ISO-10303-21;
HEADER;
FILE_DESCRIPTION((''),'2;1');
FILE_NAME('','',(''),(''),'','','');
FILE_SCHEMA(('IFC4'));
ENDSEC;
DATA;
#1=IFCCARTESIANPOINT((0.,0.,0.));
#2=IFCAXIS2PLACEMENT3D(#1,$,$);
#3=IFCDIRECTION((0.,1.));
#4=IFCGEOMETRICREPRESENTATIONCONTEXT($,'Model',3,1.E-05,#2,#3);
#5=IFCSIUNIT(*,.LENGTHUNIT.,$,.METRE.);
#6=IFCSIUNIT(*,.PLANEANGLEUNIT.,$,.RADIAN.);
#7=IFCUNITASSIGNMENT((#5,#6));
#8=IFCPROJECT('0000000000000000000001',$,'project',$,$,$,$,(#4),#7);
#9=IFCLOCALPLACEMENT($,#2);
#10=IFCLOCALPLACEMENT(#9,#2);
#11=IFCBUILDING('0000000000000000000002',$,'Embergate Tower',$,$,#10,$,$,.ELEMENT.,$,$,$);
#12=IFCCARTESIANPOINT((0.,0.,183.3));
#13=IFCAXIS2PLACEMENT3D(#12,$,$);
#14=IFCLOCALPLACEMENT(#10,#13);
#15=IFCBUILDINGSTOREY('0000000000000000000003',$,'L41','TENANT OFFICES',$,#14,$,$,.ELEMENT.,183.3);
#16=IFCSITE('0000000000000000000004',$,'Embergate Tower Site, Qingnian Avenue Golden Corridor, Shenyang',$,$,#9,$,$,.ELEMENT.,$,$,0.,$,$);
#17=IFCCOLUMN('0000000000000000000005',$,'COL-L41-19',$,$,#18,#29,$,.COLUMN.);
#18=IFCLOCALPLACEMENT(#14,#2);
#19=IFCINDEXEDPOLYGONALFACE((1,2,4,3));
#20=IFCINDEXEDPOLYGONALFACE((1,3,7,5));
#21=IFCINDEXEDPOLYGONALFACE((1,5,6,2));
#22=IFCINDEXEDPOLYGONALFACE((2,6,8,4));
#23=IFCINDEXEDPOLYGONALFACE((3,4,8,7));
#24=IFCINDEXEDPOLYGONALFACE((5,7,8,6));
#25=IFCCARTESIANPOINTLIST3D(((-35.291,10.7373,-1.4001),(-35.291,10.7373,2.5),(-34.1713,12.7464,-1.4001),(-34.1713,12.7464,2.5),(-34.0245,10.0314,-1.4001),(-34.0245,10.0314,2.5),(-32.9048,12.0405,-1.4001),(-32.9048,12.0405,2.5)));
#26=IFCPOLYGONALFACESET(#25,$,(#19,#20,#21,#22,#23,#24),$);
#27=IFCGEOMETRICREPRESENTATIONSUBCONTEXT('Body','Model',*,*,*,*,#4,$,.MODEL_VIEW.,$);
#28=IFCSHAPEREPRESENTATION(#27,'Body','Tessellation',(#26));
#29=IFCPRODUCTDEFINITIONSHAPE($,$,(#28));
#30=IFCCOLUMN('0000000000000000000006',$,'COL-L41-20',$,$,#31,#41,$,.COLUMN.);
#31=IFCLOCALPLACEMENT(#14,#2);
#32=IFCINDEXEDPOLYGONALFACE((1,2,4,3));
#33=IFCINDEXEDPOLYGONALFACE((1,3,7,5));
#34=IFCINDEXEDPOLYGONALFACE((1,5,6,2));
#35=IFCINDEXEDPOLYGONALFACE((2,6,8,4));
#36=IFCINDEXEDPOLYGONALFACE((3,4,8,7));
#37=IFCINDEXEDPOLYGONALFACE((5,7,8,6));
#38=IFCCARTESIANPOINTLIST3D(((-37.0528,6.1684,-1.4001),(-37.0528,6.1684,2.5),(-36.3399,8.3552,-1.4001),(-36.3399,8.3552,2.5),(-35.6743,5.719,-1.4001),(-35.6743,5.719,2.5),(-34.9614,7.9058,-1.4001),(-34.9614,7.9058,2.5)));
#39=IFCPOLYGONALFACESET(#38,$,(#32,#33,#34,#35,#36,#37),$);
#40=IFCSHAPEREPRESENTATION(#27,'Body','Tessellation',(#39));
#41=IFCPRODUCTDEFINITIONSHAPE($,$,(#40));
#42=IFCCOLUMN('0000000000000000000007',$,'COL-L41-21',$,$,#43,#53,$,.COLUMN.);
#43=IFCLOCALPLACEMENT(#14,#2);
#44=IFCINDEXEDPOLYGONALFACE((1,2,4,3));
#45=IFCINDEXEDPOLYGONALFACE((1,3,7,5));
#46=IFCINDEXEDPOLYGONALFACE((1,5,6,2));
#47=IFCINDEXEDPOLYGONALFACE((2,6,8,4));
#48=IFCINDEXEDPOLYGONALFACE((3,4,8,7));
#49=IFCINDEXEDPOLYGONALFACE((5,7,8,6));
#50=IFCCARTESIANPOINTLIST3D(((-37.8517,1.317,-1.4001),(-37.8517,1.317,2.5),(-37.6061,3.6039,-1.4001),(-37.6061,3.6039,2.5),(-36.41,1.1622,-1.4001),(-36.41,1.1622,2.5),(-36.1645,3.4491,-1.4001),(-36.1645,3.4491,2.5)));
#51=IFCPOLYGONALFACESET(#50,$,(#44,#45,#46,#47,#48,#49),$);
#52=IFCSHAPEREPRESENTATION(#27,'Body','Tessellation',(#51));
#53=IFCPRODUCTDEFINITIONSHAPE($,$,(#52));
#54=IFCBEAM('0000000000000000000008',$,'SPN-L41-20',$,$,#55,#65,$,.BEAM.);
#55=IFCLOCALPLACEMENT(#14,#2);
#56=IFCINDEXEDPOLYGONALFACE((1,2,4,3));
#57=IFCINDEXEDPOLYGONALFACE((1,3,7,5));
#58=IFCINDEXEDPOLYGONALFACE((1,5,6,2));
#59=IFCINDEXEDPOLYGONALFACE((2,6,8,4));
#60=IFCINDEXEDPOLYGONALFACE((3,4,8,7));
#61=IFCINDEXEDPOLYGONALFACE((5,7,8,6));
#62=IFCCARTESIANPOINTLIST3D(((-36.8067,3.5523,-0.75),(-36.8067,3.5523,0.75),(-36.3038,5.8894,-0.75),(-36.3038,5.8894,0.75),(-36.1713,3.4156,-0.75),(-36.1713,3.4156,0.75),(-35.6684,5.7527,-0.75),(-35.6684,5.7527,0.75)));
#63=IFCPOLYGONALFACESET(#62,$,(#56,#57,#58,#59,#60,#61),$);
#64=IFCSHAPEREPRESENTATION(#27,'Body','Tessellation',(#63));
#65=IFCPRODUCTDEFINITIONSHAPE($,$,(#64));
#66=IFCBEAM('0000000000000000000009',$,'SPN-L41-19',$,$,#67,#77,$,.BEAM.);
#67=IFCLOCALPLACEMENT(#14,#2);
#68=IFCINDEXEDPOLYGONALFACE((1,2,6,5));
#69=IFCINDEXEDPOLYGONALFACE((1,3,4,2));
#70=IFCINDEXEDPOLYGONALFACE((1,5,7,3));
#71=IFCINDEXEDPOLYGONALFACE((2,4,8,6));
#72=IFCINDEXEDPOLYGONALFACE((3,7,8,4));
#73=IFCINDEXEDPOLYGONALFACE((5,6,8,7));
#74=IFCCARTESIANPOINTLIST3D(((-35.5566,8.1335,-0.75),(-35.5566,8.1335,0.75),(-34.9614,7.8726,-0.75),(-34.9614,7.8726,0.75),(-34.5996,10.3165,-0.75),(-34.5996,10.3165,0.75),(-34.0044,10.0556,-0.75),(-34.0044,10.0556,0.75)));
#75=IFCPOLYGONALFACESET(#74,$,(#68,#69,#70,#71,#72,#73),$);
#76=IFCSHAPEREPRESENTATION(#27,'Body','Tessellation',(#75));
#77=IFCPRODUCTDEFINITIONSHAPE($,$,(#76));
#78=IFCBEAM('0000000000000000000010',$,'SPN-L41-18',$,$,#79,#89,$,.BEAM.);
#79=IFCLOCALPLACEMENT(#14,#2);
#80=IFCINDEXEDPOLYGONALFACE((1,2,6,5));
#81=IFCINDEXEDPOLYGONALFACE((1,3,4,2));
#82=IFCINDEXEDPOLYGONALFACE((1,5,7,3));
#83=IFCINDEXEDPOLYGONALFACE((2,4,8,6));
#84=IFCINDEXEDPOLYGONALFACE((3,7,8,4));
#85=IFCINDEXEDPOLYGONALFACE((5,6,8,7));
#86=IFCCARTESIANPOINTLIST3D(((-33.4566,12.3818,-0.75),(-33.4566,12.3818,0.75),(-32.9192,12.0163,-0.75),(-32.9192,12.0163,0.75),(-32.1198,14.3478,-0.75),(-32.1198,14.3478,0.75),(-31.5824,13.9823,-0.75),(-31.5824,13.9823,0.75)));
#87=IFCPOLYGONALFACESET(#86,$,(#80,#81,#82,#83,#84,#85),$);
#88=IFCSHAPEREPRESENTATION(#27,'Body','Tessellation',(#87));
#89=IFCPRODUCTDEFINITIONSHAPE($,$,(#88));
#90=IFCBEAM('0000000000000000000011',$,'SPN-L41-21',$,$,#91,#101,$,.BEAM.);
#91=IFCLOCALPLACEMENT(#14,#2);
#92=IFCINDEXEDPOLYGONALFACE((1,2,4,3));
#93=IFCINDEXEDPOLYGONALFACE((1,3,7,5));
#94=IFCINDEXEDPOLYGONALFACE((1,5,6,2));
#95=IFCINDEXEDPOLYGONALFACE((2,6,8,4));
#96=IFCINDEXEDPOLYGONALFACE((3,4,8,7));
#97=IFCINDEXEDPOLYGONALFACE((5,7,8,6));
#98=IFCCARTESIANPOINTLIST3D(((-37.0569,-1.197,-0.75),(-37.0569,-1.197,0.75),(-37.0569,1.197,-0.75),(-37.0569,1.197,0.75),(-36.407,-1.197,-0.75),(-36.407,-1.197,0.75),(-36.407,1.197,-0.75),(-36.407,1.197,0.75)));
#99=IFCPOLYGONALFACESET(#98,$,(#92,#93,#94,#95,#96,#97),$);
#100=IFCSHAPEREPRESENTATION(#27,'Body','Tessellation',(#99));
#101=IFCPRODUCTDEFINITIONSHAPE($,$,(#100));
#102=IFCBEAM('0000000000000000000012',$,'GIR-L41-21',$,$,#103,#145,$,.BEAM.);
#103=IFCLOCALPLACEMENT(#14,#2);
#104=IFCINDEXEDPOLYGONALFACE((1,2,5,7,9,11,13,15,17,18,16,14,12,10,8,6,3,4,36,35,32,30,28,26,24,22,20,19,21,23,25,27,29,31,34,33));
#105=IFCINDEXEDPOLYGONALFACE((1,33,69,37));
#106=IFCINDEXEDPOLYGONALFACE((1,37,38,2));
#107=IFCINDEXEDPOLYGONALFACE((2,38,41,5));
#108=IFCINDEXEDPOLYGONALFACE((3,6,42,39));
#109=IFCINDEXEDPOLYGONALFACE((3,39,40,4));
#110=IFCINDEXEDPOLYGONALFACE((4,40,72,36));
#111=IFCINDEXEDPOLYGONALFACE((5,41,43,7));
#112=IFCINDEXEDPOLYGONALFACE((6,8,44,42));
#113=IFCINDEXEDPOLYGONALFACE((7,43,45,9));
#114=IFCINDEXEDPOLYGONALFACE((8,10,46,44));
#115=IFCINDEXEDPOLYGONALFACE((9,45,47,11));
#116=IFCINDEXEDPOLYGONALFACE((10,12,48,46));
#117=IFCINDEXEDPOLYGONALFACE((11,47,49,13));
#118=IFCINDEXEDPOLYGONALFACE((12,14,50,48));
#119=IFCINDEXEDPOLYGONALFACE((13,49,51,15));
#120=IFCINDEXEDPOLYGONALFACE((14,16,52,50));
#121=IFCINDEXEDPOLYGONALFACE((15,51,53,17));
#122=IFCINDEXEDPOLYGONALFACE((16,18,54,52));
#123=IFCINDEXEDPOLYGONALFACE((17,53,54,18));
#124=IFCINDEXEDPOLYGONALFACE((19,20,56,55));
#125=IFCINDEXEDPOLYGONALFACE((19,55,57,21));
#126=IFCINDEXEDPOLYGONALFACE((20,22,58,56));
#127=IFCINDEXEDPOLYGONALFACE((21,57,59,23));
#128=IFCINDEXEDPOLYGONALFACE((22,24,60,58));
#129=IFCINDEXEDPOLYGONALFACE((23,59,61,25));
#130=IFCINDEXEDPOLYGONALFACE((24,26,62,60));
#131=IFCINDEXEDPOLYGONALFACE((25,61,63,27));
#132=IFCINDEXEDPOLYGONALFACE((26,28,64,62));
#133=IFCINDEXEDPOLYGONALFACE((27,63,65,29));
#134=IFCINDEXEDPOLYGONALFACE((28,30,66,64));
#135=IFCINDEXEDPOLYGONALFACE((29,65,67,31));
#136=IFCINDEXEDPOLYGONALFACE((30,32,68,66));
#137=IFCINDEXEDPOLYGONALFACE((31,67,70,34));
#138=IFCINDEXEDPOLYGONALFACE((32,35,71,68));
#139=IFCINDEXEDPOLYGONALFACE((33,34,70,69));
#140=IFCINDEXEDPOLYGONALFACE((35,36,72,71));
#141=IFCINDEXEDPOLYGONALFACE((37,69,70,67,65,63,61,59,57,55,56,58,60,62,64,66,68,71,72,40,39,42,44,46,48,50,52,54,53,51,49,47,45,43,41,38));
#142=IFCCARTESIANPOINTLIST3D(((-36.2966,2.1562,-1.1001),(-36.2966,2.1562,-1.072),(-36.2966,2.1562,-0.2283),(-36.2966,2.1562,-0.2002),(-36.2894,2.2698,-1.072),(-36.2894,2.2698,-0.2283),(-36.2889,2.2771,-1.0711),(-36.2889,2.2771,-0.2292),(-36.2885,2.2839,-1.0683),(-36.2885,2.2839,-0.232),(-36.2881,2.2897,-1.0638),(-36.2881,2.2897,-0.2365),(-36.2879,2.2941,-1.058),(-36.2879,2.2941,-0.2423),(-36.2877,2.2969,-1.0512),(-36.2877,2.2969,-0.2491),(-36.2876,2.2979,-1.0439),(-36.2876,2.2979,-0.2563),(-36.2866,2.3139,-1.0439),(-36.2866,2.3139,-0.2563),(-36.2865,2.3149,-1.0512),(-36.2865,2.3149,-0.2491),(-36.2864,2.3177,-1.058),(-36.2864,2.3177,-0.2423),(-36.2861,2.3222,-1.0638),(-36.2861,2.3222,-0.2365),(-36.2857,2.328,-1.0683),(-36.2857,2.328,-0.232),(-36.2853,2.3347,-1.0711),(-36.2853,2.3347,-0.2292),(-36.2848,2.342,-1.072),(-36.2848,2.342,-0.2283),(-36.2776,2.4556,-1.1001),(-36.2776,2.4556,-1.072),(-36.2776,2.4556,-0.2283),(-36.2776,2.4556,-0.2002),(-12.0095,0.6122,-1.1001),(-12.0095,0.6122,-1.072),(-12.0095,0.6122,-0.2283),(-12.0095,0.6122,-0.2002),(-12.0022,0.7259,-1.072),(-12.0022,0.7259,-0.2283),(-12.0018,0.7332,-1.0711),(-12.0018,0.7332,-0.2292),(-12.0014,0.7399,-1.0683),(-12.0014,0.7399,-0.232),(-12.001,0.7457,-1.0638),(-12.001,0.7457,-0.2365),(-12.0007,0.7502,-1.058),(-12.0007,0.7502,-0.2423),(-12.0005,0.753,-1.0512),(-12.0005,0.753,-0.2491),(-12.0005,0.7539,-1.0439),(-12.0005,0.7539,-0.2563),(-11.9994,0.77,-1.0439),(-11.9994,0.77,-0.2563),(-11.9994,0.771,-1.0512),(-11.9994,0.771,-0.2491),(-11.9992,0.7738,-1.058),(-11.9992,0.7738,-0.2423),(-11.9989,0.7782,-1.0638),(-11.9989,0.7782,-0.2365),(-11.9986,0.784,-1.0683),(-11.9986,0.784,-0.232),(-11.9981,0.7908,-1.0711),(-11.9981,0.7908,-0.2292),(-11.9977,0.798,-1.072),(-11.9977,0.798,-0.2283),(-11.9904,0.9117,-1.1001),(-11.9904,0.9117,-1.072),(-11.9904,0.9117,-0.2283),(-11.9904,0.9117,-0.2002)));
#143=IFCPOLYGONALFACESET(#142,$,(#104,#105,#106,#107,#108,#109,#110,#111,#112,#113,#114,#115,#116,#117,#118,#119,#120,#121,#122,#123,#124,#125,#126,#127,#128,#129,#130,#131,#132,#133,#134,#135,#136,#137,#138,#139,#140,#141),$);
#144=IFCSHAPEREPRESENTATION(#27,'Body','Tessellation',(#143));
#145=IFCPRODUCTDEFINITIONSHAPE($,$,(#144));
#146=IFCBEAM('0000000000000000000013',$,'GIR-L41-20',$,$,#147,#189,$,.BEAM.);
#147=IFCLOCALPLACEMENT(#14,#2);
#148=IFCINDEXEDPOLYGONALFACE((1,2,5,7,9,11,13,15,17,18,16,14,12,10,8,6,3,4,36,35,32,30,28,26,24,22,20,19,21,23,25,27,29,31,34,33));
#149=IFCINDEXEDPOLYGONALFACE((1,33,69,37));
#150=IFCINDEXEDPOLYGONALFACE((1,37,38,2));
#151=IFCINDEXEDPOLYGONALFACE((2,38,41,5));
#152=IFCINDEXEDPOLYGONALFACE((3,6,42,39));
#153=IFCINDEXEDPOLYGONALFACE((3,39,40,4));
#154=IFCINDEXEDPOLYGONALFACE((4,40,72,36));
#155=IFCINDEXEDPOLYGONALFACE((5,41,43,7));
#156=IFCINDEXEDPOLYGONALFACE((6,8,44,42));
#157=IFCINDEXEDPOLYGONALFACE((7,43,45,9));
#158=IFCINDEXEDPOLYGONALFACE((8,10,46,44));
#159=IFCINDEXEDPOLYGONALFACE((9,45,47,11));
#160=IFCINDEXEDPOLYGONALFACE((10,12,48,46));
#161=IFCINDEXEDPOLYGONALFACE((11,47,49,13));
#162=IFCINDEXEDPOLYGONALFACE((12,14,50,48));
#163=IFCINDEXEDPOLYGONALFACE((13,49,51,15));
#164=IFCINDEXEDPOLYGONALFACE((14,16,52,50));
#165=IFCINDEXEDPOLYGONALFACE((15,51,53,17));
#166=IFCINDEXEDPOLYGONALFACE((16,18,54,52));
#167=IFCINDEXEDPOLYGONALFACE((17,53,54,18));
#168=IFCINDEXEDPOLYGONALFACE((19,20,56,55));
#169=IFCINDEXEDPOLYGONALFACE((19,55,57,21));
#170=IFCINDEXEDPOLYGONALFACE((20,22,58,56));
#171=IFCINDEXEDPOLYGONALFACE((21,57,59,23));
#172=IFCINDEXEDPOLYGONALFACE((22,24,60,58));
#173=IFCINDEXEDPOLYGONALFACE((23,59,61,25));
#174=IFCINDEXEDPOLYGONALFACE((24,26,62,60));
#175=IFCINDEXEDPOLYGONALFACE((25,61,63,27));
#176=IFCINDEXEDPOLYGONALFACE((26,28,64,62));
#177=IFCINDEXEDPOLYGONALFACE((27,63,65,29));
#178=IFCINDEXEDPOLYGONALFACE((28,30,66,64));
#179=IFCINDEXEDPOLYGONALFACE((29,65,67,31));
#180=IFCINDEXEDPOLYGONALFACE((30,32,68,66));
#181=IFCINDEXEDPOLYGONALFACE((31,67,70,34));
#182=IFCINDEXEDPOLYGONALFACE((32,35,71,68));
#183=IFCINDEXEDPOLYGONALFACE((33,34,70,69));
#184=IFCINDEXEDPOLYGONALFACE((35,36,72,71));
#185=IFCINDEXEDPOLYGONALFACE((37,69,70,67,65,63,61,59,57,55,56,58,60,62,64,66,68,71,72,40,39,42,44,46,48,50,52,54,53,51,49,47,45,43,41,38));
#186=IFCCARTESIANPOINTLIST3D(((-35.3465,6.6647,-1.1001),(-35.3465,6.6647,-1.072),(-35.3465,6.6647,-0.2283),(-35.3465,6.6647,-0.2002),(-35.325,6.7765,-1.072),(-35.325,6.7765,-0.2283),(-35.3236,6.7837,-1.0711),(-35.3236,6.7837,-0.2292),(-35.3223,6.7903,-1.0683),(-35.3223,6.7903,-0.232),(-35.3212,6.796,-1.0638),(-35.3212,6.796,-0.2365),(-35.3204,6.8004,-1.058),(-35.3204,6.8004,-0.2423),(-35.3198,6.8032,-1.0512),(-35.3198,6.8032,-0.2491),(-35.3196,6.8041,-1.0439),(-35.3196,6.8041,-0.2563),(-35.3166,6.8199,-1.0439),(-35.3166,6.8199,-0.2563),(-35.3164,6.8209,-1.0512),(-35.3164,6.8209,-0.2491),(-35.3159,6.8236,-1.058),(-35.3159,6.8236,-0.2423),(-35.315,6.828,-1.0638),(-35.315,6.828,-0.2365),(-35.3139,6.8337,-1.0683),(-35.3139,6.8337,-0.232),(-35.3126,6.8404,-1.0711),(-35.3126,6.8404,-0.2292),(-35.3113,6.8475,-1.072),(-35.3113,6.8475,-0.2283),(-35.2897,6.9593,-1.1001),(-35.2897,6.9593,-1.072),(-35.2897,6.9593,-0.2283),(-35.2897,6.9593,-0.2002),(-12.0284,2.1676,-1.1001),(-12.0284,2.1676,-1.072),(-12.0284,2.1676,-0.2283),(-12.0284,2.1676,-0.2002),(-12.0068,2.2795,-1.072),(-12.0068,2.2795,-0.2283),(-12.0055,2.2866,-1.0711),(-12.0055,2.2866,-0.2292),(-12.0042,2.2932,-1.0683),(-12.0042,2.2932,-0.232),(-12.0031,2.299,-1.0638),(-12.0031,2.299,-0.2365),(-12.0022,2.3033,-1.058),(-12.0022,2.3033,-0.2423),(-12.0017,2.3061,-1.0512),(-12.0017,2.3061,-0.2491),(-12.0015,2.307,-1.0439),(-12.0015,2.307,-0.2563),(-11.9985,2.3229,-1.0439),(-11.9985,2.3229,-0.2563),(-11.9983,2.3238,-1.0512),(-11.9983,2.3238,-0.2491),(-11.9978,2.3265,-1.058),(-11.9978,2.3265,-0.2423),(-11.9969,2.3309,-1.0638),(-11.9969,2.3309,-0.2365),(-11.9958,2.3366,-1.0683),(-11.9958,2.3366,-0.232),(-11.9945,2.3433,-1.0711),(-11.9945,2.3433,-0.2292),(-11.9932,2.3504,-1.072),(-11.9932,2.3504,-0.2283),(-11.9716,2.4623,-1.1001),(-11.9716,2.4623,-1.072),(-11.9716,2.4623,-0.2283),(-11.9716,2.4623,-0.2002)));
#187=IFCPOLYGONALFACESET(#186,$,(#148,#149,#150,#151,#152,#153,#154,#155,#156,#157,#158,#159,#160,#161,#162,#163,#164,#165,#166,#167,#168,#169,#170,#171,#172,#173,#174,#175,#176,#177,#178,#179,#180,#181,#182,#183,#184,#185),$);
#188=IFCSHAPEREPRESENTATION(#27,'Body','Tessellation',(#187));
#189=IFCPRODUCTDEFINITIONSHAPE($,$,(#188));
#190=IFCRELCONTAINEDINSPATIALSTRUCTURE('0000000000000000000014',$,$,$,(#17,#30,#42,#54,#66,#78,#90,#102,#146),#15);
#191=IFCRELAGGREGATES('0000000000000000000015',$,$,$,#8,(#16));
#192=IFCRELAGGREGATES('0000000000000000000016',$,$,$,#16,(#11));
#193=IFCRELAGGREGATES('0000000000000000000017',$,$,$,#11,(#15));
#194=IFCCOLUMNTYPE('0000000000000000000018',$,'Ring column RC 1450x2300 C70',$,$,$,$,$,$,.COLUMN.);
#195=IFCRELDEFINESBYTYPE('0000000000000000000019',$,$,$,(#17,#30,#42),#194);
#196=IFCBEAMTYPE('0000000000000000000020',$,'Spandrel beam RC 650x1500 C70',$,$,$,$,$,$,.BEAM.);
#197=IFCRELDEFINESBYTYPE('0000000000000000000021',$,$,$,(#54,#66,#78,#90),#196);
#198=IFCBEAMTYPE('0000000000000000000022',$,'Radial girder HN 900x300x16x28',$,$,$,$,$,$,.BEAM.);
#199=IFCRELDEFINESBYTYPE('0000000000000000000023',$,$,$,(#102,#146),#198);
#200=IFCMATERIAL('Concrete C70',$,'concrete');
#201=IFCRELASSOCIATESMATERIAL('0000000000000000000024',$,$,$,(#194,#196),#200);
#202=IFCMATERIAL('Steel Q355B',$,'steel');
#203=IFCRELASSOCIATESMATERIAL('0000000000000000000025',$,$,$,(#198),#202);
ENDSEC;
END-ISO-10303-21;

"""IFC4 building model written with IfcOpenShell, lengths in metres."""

from ifc_helpers import new_model, si_unit, direction, frame, origin, origin_2d, place, context, subcontext, project, spatial, rectangle, i_section, extrude, source, transform, mapped, material, material_profile, profile_set, type_object, element, save


model = new_model("IFC4")

# Units and contexts
model_context = context("Model", 3, precision=1e-05, world=origin(), true_north=direction((0.0, 1.0)))
body_context = subcontext(model_context, "Body", "Model", "MODEL_VIEW")
ifc_project = project(units=[si_unit("LENGTHUNIT", "METRE"), si_unit("PLANEANGLEUNIT", "RADIAN")], contexts=[model_context])

# Site, building, storey
site_placement = place(None, origin())
site = spatial("IfcSite", under=ifc_project, at=site_placement, Name="Embergate Tower Site, Qingnian Avenue Golden Corridor, Shenyang", CompositionType="ELEMENT", RefElevation=0.0)
building_placement = place(site_placement, origin())
building = spatial("IfcBuilding", under=site, at=building_placement, Name="Embergate Tower", CompositionType="ELEMENT")
storey_placement = place(building_placement, frame((0.0, 0.0, 183.3)))
storey = spatial("IfcBuildingStorey", under=building, at=storey_placement, Name="L41", Description="TENANT OFFICES", CompositionType="ELEMENT", Elevation=183.3)

# Columns
ifc_material_1 = material(Name="Concrete C70", Category="concrete")
ifc_material_profile_1 = material_profile(ifc_material_1, rectangle(XDim=1.45, YDim=2.3, at=origin_2d()), Name="RC 1450x2300")
ifc_profile_set_1 = profile_set([ifc_material_profile_1], Name="Concrete C70")
column_type = type_object("IfcColumnType", Name="Ring column RC 1450x2300 C70", PredefinedType="COLUMN", material=ifc_profile_set_1)
shared_shape_1 = source(origin(), body_context, "Body", "SweptSolid", [
    extrude(rectangle(XDim=1.45, YDim=2.3, at=origin_2d()), origin(), (0.0, 0.0, 1.0), 3.9001),
])
for number, where, z_axis, x_axis, name in (
    (1, (-34.0979, 11.3889, -1.4001), (0.0, 0.0, 1.0), (-0.873492, 0.486839, 0.0), "COL-L41-19"),
    (2, (-36.0071, 7.0371, -1.4001), (0.0, 0.0, 1.0), (-0.950754, 0.309946, 0.0), "COL-L41-20"),
    (3, (-37.0081, 2.3831, -1.4001), (0.0, 0.0, 1.0), (-0.994286, 0.10675, 0.0), "COL-L41-21"),
):
    element("IfcColumn", number, at=place(storey_placement, frame(where, z_axis=z_axis, x_axis=x_axis)), inside=storey, type_object=column_type, Name=name, PredefinedType="COLUMN", context=body_context, shape_type="MappedRepresentation", body=[
        mapped(shared_shape_1, transform((0.0, 0.0, 0.0))),
    ])

# Beams
ifc_material_profile_2 = material_profile(ifc_material_1, rectangle(XDim=0.6499, YDim=1.5, at=origin_2d()), Name="RC 650x1500")
ifc_profile_set_2 = profile_set([ifc_material_profile_2], Name="Concrete C70")
beam_type_1 = type_object("IfcBeamType", Name="Spandrel beam RC 650x1500 C70", PredefinedType="BEAM", material=ifc_profile_set_2)
shared_shape_2 = source(origin(), body_context, "Body", "SweptSolid", [
    extrude(rectangle(XDim=0.6499, YDim=1.5, at=origin_2d()), origin(), (0.0, 0.0, 1.0), 2.3906),
])
beam_1_placement = place(storey_placement, frame((-35.9861, 5.821, 0.0), z_axis=(-0.210373, -0.977621, 0.0), x_axis=(0.977621, -0.210373, 0.0)))
element("IfcBeam", 4, at=beam_1_placement, inside=storey, type_object=beam_type_1, Name="SPN-L41-20", PredefinedType="BEAM", context=body_context, shape_type="MappedRepresentation", body=[
    mapped(shared_shape_2, transform((0.0, 0.0, 0.0))),
])
shared_shape_3 = source(origin(), body_context, "Body", "SweptSolid", [
    extrude(rectangle(XDim=0.6499, YDim=1.5, at=origin_2d()), origin(), (0.0, 0.0, 1.0), 2.3835),
])
beam_2_placement = place(storey_placement, frame((-34.302, 10.186, 0.0), z_axis=(-0.401496, -0.915861, 0.0), x_axis=(0.915861, -0.401496, 0.0)))
element("IfcBeam", 5, at=beam_2_placement, inside=storey, type_object=beam_type_1, Name="SPN-L41-19", PredefinedType="BEAM", context=body_context, shape_type="MappedRepresentation", body=[
    mapped(shared_shape_3, transform((0.0, 0.0, 0.0))),
])
shared_shape_4 = source(origin(), body_context, "Body", "SweptSolid", [
    extrude(rectangle(XDim=0.6499, YDim=1.5, at=origin_2d()), origin(), (0.0, 0.0, 1.0), 2.3774),
])
beam_3_placement = place(storey_placement, frame((-31.8511, 14.165, 0.0), z_axis=(-0.562307, -0.826928, 0.0), x_axis=(0.826928, -0.562307, 0.0)))
element("IfcBeam", 6, at=beam_3_placement, inside=storey, type_object=beam_type_1, Name="SPN-L41-18", PredefinedType="BEAM", context=body_context, shape_type="MappedRepresentation", body=[
    mapped(shared_shape_4, transform((0.0, 0.0, 0.0))),
])
shared_shape_5 = source(origin(), body_context, "Body", "SweptSolid", [
    extrude(rectangle(XDim=0.6499, YDim=1.5, at=origin_2d()), origin(), (0.0, 0.0, 1.0), 2.394),
])
beam_4_placement = place(storey_placement, frame((-36.7319, 1.197, 0.0), z_axis=(0.0, -1.0, 0.0), x_axis=(1.0, 0.0, 0.0)))
element("IfcBeam", 7, at=beam_4_placement, inside=storey, type_object=beam_type_1, Name="SPN-L41-21", PredefinedType="BEAM", context=body_context, shape_type="MappedRepresentation", body=[
    mapped(shared_shape_5, transform((0.0, 0.0, 0.0))),
])
ifc_material_2 = material(Name="Steel Q355B", Category="steel")
ifc_material_profile_3 = material_profile(ifc_material_2, i_section(OverallWidth=0.3, OverallDepth=0.8999, WebThickness=0.0161, FlangeThickness=0.0281, FilletRadius=0.0281, at=origin_2d()), Name="HN 900x300x16x28")
ifc_profile_set_3 = profile_set([ifc_material_profile_3], Name="Steel Q355 grade B")
beam_type_2 = type_object("IfcBeamType", Name="Radial girder HN 900x300x16x28", PredefinedType="BEAM", material=ifc_profile_set_3)
shared_shape_6 = source(origin(), body_context, "Body", "SweptSolid", [
    extrude(i_section(OverallWidth=0.3, OverallDepth=0.8999, WebThickness=0.0161, FlangeThickness=0.0281, FilletRadius=0.0281, at=origin_2d()), origin(), (0.0, 0.0, 1.0), 24.3362),
])
beam_5_placement = place(storey_placement, frame((-36.2871, 2.3059, -0.6501), z_axis=(0.997985, -0.063443, 0.0), x_axis=(0.063443, 0.997985, 0.0)))
element("IfcBeam", 8, at=beam_5_placement, inside=storey, type_object=beam_type_2, Name="GIR-L41-21", PredefinedType="BEAM", context=body_context, shape_type="MappedRepresentation", body=[
    mapped(shared_shape_6, transform((0.0, 0.0, 0.0))),
])
shared_shape_7 = source(origin(), body_context, "Body", "SweptSolid", [
    extrude(i_section(OverallWidth=0.3, OverallDepth=0.8999, WebThickness=0.0161, FlangeThickness=0.0281, FilletRadius=0.0281, at=origin_2d()), origin(), (0.0, 0.0, 1.0), 23.7478),
])
beam_6_placement = place(storey_placement, frame((-35.3181, 6.812, -0.6501), z_axis=(0.981906, -0.189368, 0.0), x_axis=(0.189368, 0.981906, 0.0)))
element("IfcBeam", 9, at=beam_6_placement, inside=storey, type_object=beam_type_2, Name="GIR-L41-20", PredefinedType="BEAM", context=body_context, shape_type="MappedRepresentation", body=[
    mapped(shared_shape_7, transform((0.0, 0.0, 0.0))),
])

save(model, "model.ifc")
